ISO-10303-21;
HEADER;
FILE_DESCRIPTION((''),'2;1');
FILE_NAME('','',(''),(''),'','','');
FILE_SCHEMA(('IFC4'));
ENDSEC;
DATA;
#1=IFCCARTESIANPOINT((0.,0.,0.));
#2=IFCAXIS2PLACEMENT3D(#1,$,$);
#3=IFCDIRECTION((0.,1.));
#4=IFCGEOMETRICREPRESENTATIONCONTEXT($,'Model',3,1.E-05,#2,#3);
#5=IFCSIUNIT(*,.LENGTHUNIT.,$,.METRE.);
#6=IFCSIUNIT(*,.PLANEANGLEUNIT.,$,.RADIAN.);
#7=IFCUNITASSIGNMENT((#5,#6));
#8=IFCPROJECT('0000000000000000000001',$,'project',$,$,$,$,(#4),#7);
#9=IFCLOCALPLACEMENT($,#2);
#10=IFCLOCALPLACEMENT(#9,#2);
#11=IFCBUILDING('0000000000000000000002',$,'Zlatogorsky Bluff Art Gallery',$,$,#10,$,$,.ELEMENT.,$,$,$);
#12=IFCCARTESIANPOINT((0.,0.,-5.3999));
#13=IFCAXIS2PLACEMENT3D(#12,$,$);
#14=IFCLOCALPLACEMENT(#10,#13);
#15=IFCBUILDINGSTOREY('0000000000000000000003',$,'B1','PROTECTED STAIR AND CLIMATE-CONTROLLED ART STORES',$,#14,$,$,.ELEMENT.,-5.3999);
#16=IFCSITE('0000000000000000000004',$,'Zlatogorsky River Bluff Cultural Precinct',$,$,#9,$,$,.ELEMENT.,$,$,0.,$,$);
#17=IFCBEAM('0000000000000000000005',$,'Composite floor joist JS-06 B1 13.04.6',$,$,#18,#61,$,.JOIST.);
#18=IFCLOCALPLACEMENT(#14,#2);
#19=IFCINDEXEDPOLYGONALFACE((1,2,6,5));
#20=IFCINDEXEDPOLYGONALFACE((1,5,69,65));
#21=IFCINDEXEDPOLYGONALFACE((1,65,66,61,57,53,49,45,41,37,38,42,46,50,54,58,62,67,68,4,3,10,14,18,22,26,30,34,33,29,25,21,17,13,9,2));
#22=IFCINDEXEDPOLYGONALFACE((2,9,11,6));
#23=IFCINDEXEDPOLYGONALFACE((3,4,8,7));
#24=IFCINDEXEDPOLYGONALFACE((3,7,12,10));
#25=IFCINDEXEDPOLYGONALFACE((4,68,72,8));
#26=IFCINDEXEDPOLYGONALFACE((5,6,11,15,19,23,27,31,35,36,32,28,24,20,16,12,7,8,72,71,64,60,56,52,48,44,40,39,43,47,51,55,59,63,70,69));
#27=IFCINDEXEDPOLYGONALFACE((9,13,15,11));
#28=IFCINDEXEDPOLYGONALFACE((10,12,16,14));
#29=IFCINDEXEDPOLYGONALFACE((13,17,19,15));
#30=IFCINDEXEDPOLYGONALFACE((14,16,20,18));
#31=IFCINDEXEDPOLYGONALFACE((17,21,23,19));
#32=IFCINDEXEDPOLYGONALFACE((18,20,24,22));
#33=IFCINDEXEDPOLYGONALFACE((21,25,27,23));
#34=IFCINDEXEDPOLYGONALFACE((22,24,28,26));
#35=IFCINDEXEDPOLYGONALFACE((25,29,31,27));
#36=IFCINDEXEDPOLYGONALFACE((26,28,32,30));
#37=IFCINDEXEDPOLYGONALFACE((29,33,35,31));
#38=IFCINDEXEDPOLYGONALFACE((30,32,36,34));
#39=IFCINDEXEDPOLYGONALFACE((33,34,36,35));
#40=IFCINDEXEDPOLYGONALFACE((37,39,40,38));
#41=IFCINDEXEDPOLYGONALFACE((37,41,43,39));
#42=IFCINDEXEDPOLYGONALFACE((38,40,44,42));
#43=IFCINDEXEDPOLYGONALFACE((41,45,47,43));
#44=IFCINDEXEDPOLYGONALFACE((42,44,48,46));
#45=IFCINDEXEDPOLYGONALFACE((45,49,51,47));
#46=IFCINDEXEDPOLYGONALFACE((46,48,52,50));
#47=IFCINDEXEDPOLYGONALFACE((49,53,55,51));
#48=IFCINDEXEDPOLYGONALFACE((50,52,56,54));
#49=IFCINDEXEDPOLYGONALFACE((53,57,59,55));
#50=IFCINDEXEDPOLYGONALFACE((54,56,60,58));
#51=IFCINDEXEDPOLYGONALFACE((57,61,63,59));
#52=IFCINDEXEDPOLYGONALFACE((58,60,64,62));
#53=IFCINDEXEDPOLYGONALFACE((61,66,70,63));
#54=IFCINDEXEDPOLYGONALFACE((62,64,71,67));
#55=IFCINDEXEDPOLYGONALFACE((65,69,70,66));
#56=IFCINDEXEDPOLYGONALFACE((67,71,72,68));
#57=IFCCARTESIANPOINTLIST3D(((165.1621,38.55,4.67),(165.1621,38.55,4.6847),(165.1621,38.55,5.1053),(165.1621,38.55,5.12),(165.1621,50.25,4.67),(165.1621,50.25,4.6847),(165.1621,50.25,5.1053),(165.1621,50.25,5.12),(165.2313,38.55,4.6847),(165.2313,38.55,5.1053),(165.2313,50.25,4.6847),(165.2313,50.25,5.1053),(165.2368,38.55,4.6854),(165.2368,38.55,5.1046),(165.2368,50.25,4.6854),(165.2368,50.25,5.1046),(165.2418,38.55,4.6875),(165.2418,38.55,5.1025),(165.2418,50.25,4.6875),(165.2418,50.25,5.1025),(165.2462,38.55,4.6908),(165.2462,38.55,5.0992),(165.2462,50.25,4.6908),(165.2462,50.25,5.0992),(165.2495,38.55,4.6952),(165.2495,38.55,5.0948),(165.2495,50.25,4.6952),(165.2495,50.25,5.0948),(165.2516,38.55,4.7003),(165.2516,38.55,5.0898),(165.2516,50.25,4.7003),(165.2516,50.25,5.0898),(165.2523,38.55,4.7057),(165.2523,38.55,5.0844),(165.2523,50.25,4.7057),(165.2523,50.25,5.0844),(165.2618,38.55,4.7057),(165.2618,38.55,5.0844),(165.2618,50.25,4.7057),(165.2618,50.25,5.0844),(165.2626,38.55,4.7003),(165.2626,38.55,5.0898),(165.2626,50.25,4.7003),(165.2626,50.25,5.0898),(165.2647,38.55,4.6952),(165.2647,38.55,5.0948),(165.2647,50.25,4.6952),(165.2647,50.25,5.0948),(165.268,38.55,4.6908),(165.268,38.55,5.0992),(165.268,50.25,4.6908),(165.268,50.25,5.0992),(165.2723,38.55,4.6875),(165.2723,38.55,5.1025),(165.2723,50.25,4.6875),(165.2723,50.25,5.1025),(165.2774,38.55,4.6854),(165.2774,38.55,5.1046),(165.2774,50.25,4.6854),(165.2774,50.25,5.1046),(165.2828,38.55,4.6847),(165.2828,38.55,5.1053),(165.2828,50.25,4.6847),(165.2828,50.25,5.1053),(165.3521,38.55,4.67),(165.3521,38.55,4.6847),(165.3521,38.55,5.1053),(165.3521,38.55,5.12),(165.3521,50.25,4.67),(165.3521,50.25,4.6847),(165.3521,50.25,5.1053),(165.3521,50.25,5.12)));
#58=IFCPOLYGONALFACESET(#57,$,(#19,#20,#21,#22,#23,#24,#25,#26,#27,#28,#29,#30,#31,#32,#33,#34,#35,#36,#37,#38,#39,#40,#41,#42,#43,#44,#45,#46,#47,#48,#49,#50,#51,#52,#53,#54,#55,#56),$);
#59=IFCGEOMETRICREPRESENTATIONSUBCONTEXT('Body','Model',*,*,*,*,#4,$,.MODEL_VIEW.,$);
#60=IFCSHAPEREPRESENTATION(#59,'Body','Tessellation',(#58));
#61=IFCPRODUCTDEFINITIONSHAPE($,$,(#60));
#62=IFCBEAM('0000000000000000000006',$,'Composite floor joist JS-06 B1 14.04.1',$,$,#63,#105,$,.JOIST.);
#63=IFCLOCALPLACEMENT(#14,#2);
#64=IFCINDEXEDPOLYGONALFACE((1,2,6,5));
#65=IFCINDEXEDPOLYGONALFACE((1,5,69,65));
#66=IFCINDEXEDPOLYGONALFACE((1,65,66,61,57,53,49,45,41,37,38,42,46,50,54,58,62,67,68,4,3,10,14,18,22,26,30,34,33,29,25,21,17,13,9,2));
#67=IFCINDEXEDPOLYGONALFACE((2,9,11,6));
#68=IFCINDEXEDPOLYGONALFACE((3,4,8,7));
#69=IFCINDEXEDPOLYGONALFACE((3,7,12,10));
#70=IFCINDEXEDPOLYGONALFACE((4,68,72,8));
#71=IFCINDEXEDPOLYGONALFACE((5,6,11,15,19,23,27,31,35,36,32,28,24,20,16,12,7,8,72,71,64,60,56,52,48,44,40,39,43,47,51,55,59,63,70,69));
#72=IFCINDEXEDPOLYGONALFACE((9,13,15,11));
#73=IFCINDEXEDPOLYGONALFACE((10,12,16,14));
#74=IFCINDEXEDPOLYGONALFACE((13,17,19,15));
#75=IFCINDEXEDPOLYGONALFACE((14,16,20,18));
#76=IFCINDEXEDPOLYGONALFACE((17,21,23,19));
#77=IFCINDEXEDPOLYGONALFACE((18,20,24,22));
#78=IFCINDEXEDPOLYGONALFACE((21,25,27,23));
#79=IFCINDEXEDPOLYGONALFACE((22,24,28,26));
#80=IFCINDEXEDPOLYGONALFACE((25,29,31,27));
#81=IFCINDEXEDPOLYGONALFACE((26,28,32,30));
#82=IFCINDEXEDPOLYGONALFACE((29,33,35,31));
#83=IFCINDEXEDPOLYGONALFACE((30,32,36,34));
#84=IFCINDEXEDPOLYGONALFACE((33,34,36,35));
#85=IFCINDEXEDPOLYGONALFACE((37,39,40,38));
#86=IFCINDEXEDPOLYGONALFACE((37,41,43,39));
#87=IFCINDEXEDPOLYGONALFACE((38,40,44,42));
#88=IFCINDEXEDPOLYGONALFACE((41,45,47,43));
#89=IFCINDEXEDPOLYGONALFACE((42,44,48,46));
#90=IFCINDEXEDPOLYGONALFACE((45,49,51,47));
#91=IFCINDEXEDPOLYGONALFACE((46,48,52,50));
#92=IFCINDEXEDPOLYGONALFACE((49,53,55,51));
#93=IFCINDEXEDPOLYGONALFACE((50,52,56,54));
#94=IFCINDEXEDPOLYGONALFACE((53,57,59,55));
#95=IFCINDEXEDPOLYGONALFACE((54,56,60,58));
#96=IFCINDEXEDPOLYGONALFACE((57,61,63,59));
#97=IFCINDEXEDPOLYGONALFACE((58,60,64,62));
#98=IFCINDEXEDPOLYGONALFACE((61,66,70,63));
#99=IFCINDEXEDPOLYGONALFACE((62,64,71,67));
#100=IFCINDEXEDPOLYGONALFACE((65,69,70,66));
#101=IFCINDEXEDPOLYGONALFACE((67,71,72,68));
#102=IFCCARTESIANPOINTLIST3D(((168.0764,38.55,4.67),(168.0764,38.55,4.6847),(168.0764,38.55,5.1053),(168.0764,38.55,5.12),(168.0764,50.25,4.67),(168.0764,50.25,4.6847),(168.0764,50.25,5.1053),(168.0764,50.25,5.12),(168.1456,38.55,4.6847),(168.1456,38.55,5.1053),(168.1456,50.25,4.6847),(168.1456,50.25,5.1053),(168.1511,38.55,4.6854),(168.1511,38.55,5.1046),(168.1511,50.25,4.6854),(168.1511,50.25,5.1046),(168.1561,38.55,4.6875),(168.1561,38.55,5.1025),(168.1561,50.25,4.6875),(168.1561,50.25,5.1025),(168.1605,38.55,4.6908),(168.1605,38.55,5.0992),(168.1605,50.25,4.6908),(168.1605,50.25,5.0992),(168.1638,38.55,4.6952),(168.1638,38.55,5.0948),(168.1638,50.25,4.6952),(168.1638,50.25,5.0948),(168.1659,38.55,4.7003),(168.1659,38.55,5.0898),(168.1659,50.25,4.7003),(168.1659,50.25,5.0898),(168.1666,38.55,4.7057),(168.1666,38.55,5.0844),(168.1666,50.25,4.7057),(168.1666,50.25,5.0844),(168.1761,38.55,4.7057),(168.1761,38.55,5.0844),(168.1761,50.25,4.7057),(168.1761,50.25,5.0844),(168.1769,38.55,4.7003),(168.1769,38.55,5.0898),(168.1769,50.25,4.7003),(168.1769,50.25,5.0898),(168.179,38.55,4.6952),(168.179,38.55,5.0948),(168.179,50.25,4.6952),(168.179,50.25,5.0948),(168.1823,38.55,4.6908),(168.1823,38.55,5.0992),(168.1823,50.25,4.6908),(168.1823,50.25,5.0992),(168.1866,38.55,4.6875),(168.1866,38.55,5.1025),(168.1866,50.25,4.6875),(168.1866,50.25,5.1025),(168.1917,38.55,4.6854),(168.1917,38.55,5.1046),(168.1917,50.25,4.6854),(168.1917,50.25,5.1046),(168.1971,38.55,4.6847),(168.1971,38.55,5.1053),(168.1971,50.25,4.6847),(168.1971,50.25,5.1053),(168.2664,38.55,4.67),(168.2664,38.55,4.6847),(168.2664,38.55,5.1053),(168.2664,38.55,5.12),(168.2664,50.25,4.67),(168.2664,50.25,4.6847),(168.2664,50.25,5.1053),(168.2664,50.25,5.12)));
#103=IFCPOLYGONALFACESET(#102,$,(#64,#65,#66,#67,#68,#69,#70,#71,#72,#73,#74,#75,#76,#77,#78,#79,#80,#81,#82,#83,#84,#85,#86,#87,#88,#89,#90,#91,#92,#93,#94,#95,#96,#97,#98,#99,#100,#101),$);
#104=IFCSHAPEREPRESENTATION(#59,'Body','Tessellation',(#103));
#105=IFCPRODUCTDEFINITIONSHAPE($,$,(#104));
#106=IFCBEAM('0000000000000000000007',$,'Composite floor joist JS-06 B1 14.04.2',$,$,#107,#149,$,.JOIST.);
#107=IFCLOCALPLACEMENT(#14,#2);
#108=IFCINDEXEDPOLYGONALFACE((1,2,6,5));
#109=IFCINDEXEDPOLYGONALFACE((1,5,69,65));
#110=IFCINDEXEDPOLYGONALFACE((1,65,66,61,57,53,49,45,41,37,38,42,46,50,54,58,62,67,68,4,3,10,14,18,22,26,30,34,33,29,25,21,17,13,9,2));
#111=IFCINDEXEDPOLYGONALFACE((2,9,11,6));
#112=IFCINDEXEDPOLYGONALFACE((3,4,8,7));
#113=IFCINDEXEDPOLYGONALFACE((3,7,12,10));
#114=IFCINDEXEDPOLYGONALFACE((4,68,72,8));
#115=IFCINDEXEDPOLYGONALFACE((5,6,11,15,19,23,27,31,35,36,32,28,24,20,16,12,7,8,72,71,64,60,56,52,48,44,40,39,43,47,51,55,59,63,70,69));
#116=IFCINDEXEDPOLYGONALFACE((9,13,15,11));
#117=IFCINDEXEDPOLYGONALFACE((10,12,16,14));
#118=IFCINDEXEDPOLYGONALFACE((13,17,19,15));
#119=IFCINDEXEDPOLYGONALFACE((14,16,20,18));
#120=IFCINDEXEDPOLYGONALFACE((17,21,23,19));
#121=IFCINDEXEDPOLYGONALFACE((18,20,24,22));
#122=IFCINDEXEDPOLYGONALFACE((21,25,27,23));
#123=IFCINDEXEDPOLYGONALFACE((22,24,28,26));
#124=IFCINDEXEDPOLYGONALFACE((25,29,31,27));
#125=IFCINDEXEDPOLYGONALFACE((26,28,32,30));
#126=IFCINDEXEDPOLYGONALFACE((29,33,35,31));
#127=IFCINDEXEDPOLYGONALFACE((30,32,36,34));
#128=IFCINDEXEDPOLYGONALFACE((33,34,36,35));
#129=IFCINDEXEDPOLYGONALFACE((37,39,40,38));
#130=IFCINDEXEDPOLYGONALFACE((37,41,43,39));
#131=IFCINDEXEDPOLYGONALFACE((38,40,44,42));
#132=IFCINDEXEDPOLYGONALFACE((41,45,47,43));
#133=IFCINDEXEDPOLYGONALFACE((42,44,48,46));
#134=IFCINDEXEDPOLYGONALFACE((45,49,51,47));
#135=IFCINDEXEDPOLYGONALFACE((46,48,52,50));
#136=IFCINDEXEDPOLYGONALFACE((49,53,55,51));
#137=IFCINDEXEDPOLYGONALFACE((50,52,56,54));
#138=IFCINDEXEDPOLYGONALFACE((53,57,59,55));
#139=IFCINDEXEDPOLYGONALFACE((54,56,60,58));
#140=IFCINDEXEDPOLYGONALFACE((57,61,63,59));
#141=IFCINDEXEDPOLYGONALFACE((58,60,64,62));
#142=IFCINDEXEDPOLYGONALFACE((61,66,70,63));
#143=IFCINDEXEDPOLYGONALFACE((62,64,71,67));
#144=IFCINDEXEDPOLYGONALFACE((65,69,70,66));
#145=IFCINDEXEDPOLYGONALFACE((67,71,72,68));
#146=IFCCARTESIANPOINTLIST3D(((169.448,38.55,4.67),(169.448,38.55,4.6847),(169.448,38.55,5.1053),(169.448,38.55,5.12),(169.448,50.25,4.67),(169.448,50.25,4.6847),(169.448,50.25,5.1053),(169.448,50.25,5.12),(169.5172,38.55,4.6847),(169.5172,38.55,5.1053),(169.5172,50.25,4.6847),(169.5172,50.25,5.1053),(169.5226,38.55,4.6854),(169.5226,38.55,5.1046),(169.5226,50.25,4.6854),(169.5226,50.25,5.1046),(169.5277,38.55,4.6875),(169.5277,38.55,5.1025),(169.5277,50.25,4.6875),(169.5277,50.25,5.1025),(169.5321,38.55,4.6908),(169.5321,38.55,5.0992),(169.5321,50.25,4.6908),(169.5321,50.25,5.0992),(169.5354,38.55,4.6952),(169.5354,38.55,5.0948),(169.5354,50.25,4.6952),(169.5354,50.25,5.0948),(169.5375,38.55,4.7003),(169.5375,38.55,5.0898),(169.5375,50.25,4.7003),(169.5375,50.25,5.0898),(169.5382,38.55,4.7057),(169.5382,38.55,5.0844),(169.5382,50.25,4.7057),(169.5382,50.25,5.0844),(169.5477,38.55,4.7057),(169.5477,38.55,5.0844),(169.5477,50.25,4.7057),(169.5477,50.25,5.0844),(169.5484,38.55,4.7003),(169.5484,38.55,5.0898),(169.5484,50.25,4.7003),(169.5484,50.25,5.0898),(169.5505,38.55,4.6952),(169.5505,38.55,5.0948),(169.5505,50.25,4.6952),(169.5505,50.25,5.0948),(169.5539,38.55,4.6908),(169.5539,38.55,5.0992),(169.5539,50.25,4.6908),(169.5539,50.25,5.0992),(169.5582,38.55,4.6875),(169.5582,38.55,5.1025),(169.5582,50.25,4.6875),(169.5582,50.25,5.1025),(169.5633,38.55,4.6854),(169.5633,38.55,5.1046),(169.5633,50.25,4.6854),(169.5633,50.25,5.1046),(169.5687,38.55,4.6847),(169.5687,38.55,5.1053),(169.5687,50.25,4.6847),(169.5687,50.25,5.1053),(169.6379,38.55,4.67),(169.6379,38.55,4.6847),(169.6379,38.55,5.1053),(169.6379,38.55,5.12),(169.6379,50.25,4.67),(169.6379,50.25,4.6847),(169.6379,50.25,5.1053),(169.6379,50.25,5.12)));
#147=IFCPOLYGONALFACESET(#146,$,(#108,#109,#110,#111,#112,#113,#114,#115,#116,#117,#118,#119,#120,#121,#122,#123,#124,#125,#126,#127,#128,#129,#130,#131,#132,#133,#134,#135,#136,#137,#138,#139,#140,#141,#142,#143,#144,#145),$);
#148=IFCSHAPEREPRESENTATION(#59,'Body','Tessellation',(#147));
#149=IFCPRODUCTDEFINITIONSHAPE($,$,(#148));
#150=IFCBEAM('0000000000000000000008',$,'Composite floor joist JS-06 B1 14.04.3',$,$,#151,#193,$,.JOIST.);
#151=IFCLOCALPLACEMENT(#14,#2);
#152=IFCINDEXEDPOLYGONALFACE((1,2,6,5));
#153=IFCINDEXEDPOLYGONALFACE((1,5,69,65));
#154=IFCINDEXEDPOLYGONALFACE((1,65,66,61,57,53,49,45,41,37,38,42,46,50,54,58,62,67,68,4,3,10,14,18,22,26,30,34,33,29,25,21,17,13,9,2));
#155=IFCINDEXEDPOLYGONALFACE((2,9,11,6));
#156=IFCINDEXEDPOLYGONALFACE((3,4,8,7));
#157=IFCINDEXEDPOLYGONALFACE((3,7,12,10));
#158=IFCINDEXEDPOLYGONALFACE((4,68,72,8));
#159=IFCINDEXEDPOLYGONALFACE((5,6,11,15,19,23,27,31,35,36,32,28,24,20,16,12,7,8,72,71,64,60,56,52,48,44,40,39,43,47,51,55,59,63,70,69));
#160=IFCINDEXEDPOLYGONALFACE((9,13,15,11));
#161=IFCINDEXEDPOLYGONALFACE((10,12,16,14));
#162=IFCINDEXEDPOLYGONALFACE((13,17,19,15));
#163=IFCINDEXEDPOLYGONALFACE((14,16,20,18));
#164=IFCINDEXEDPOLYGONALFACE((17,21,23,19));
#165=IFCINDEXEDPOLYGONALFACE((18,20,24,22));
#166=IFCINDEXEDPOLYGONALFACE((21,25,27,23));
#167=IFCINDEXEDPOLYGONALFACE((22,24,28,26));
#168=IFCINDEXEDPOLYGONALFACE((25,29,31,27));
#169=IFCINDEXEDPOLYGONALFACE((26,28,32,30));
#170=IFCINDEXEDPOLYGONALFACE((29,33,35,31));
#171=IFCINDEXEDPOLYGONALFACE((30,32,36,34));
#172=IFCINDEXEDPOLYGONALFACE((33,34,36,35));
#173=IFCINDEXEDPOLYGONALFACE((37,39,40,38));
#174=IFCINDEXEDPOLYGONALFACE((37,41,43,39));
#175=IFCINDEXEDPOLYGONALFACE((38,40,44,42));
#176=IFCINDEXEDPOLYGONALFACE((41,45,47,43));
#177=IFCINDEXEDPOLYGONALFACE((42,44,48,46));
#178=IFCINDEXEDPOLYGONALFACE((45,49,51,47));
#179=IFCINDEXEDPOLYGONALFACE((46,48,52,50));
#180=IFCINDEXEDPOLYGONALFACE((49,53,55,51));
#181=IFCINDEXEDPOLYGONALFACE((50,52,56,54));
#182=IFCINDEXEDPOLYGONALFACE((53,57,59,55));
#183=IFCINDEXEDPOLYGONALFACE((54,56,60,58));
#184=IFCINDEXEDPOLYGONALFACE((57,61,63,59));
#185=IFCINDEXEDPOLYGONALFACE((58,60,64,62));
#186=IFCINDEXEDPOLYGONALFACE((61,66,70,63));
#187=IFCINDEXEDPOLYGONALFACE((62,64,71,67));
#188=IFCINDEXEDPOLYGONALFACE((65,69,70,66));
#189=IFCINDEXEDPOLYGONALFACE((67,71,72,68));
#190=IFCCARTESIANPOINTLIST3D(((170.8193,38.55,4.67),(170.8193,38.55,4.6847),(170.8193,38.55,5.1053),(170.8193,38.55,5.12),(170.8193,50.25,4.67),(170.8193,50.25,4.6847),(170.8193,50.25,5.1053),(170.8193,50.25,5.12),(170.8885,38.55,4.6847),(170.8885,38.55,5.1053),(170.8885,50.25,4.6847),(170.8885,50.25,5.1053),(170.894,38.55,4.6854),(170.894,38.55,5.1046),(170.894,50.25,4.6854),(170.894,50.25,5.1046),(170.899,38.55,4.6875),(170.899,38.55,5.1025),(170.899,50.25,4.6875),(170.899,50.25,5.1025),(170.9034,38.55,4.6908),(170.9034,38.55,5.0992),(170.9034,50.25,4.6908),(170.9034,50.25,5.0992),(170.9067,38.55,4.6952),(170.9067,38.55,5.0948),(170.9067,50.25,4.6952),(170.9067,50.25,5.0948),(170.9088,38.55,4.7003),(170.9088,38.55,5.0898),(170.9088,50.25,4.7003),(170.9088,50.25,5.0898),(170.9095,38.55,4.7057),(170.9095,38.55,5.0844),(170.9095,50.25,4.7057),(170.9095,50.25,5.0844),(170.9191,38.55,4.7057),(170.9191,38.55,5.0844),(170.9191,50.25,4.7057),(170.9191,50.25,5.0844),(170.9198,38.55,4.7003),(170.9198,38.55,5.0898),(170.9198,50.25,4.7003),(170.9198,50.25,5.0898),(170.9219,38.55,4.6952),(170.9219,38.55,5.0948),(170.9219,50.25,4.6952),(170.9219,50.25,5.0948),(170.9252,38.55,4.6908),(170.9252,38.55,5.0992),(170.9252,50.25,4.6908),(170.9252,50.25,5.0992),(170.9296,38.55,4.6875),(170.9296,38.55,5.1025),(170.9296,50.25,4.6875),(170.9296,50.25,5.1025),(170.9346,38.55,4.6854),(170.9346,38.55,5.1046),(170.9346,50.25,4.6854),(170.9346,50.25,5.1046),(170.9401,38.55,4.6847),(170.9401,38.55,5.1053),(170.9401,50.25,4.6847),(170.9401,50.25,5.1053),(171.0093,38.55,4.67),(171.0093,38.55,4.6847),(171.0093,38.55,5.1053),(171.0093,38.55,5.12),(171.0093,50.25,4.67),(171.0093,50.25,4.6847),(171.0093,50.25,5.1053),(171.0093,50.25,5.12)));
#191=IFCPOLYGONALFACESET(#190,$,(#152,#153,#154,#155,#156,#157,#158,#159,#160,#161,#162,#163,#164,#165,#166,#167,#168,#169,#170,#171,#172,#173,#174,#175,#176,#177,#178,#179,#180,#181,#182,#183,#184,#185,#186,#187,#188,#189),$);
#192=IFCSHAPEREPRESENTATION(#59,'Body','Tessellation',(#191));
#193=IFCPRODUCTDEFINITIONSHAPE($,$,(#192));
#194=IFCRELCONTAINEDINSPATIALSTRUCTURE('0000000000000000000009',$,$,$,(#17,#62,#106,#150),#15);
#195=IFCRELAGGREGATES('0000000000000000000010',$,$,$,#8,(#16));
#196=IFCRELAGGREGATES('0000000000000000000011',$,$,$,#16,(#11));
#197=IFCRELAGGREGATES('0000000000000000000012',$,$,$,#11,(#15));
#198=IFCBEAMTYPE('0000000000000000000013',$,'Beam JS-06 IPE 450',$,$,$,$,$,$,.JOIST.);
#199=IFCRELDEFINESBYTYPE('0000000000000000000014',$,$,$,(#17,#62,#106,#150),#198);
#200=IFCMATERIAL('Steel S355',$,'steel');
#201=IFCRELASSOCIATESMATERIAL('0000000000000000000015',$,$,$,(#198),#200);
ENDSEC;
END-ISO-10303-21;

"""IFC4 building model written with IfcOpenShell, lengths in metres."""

from ifc_helpers import new_model, si_unit, direction, frame, origin, origin_2d, place, context, subcontext, project, spatial, i_section, extrude, material, material_profile, profile_set, type_object, element, save


model = new_model("IFC4")

# Units and contexts
model_context = context("Model", 3, precision=1e-05, world=origin(), true_north=direction((0.0, 1.0)))
body_context = subcontext(model_context, "Body", "Model", "MODEL_VIEW")
ifc_project = project(units=[si_unit("LENGTHUNIT", "METRE"), si_unit("PLANEANGLEUNIT", "RADIAN")], contexts=[model_context])

# Site, building, storey
site_placement = place(None, origin())
site = spatial("IfcSite", under=ifc_project, at=site_placement, Name="Zlatogorsky River Bluff Cultural Precinct", CompositionType="ELEMENT", RefElevation=0.0)
building_placement = place(site_placement, origin())
building = spatial("IfcBuilding", under=site, at=building_placement, Name="Zlatogorsky Bluff Art Gallery", CompositionType="ELEMENT")
storey_placement = place(building_placement, frame((0.0, 0.0, -5.3999)))
storey = spatial("IfcBuildingStorey", under=building, at=storey_placement, Name="B1", Description="PROTECTED STAIR AND CLIMATE-CONTROLLED ART STORES", CompositionType="ELEMENT", Elevation=-5.3999)

# Beams
ifc_material_1 = material(Name="Steel S355", Category="steel")
ifc_material_profile_1 = material_profile(ifc_material_1, i_section(OverallWidth=0.1899, OverallDepth=0.45, WebThickness=0.0095, FlangeThickness=0.0146, FilletRadius=0.021, at=origin_2d()), Name="IPE 450")
ifc_profile_set_1 = profile_set([ifc_material_profile_1], Name="Steel S355")
beam_type_1 = type_object("IfcBeamType", Name="Beam JS-06 IPE 450", PredefinedType="JOIST", material=ifc_profile_set_1)
for number, where, z_axis, x_axis, name in (
    (1, (165.2571, 38.55, 4.895), (0.0, 1.0, 0.0), (-1.0, 0.0, 0.0), "Composite floor joist JS-06 B1 13.04.6"),
    (2, (168.1714, 38.55, 4.895), (0.0, 1.0, 0.0), (-1.0, 0.0, 0.0), "Composite floor joist JS-06 B1 14.04.1"),
    (3, (169.543, 38.55, 4.895), (0.0, 1.0, 0.0), (-1.0, 0.0, 0.0), "Composite floor joist JS-06 B1 14.04.2"),
    (4, (170.9143, 38.55, 4.895), (0.0, 1.0, 0.0), (-1.0, 0.0, 0.0), "Composite floor joist JS-06 B1 14.04.3"),
):
    element("IfcBeam", number, at=place(storey_placement, frame(where, z_axis=z_axis, x_axis=x_axis)), inside=storey, type_object=beam_type_1, Name=name, PredefinedType="JOIST", context=body_context, shape_type="SweptSolid", body=[
        extrude(i_section(OverallWidth=0.1899, OverallDepth=0.45, WebThickness=0.0095, FlangeThickness=0.0146, FilletRadius=0.021, at=origin_2d()), origin(), (0.0, 0.0, 1.0), 11.7),
    ])

save(model, "model.ifc")
